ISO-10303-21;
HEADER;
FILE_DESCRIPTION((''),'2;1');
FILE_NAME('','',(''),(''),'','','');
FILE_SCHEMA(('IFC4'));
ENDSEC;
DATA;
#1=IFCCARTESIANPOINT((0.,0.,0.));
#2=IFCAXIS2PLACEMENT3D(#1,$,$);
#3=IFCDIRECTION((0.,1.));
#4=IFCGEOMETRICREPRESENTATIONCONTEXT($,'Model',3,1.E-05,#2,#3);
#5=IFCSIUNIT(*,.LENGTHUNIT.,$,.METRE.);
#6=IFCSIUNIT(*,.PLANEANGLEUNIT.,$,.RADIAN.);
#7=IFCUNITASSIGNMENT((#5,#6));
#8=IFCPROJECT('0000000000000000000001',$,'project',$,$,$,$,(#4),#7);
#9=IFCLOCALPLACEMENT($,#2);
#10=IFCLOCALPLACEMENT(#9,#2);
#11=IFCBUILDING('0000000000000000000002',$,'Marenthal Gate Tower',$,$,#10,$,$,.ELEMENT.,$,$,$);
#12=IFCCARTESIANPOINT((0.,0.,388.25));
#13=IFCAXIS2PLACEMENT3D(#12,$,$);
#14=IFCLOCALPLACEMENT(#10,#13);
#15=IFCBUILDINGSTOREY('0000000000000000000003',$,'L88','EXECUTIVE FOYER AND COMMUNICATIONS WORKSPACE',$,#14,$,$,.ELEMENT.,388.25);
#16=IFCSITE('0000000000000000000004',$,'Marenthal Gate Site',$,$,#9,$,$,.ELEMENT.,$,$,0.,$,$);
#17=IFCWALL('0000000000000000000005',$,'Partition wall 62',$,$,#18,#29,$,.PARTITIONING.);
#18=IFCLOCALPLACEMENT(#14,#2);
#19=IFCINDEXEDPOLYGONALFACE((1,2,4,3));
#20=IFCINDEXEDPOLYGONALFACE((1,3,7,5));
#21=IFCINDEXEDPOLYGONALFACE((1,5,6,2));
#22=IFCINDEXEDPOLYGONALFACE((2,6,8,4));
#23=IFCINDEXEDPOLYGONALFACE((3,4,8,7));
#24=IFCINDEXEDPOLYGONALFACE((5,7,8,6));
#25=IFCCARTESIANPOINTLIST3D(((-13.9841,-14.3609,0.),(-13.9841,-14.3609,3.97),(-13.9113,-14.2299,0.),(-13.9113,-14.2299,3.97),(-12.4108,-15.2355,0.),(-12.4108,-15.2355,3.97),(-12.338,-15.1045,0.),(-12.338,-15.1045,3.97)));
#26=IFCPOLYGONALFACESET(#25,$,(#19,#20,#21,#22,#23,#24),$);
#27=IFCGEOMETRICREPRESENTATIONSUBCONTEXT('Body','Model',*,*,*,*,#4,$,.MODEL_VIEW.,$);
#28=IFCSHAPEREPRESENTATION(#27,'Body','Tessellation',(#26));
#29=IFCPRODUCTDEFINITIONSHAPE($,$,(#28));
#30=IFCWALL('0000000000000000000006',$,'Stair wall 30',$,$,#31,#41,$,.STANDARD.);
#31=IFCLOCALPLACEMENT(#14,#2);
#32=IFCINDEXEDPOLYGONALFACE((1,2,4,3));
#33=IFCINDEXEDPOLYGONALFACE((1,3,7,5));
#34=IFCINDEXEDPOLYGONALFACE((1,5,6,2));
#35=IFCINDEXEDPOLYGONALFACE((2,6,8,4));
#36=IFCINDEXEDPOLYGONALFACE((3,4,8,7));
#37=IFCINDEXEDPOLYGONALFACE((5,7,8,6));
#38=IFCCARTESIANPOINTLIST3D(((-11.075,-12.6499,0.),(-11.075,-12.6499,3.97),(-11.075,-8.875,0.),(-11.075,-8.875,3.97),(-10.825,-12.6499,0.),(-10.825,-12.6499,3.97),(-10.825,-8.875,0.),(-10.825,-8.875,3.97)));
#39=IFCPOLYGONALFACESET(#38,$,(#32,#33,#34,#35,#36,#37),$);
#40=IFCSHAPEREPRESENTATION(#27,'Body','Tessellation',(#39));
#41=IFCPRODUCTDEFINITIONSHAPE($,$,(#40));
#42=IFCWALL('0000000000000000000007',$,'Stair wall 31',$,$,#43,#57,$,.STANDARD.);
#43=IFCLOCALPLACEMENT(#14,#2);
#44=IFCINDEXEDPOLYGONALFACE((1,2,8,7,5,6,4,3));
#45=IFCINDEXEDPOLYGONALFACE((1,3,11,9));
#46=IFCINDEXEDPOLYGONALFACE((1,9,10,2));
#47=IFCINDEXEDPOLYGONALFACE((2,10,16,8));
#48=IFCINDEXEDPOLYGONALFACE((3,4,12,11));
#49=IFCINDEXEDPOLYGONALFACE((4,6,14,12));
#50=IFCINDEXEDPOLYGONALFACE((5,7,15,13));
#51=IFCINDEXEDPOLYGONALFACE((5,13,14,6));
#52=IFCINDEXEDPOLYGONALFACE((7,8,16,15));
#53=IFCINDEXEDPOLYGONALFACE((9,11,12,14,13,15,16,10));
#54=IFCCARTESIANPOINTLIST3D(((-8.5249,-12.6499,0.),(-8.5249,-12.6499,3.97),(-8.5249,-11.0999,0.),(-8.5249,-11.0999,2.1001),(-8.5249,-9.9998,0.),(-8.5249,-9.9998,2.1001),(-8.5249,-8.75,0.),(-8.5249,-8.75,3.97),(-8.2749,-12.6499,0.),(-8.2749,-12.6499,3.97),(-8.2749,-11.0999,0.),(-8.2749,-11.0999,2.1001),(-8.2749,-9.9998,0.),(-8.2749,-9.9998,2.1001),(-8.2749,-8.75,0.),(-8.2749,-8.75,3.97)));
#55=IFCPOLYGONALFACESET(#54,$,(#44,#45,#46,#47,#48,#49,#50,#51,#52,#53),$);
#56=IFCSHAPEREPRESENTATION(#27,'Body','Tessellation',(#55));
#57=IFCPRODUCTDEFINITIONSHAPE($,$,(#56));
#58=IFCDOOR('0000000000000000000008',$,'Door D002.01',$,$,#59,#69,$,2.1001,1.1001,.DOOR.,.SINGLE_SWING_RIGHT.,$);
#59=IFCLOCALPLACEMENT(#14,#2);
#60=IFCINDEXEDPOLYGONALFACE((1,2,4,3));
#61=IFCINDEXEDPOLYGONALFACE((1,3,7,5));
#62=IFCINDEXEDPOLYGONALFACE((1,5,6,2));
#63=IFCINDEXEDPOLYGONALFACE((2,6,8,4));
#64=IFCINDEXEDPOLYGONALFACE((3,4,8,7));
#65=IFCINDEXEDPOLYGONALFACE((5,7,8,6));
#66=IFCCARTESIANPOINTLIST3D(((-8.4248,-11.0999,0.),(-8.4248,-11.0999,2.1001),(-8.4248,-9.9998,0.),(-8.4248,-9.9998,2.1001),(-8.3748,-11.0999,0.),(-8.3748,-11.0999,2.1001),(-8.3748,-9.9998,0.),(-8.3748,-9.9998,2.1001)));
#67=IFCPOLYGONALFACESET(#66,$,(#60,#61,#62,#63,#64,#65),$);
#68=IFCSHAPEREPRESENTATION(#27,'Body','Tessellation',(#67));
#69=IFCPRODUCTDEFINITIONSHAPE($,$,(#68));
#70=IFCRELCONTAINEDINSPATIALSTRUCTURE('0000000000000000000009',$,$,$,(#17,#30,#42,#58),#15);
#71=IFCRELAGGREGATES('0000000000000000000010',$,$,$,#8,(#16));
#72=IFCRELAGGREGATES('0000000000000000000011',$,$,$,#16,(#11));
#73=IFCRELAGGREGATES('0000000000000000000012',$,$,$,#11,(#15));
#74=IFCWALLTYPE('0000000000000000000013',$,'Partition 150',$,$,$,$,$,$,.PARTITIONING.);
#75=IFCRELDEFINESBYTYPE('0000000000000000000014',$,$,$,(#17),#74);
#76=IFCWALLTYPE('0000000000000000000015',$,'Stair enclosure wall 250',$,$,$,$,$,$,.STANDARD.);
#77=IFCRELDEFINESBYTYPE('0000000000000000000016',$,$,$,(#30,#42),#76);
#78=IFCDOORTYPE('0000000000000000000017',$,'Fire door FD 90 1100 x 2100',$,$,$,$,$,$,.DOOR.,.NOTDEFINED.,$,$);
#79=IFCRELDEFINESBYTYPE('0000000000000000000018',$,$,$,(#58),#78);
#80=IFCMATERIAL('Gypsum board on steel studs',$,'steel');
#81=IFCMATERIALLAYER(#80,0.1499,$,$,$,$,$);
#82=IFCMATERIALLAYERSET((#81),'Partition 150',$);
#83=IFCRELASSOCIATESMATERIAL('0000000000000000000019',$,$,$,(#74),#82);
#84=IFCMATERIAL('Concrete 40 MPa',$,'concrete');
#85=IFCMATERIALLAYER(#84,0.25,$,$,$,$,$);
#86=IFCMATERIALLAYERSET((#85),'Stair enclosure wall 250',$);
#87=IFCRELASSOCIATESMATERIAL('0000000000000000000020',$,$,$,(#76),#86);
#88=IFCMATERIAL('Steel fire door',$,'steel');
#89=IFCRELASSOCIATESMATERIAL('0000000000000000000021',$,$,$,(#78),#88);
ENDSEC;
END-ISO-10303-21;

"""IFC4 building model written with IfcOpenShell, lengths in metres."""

from ifc_helpers import new_model, si_unit, direction, frame, frame_2d, origin, place, context, subcontext, project, spatial, rectangle, extrude, material, layer, layer_set, type_object, element, fill, save


model = new_model("IFC4")

# Units and contexts
model_context = context("Model", 3, precision=1e-05, world=origin(), true_north=direction((0.0, 1.0)))
body_context = subcontext(model_context, "Body", "Model", "MODEL_VIEW")
ifc_project = project(units=[si_unit("LENGTHUNIT", "METRE"), si_unit("PLANEANGLEUNIT", "RADIAN")], contexts=[model_context])

# Site, building, storey
site_placement = place(None, origin())
site = spatial("IfcSite", under=ifc_project, at=site_placement, Name="Marenthal Gate Site", CompositionType="ELEMENT", RefElevation=0.0)
building_placement = place(site_placement, origin())
building = spatial("IfcBuilding", under=site, at=building_placement, Name="Marenthal Gate Tower", CompositionType="ELEMENT")
storey_placement = place(building_placement, frame((0.0, 0.0, 388.25)))
storey = spatial("IfcBuildingStorey", under=building, at=storey_placement, Name="L88", Description="EXECUTIVE FOYER AND COMMUNICATIONS WORKSPACE", CompositionType="ELEMENT", Elevation=388.25)

# Walls
ifc_material_1 = material(Name="Gypsum board on steel studs", Category="steel")
ifc_layer_1 = layer(ifc_material_1, 0.1499)
ifc_layer_set_1 = layer_set([ifc_layer_1], Name="Partition 150")
wall_type_1 = type_object("IfcWallType", Name="Partition 150", PredefinedType="PARTITIONING", material=ifc_layer_set_1)
wall_1_placement = place(storey_placement, frame((-12.3745, -15.1699, 0.0), z_axis=(0.0, 0.0, 1.0), x_axis=(-0.874042, 0.48585, 0.0)))
element("IfcWall", 1, at=wall_1_placement, inside=storey, type_object=wall_type_1, Name="Partition wall 62", PredefinedType="PARTITIONING", context=body_context, shape_type="SweptSolid", body=[
    extrude(rectangle(XDim=1.8, YDim=0.1499, at=frame_2d((0.8999, 0.0))), origin(), (0.0, 0.0, 1.0), 3.97),
])
ifc_material_2 = material(Name="Concrete 40 MPa", Category="concrete")
ifc_layer_2 = layer(ifc_material_2, 0.25)
ifc_layer_set_2 = layer_set([ifc_layer_2], Name="Stair enclosure wall 250")
wall_type_2 = type_object("IfcWallType", Name="Stair enclosure wall 250", PredefinedType="STANDARD", material=ifc_layer_set_2)
wall_2_placement = place(storey_placement, frame((-10.95, -12.6499, 0.0), z_axis=(0.0, 0.0, 1.0), x_axis=(0.0, 1.0, 0.0)))
element("IfcWall", 2, at=wall_2_placement, inside=storey, type_object=wall_type_2, Name="Stair wall 30", PredefinedType="STANDARD", context=body_context, shape_type="SweptSolid", body=[
    extrude(rectangle(XDim=3.7749, YDim=0.25, at=frame_2d((1.8875, 0.0))), origin(), (0.0, 0.0, 1.0), 3.97),
])

# Wall, opening, door
wall_3_placement = place(storey_placement, frame((-8.3999, -12.6499, 0.0), z_axis=(0.0, 0.0, 1.0), x_axis=(0.0, 1.0, 0.0)))
wall_3 = element("IfcWall", 3, at=wall_3_placement, inside=storey, type_object=wall_type_2, Name="Stair wall 31", PredefinedType="STANDARD", context=body_context, shape_type="SweptSolid", body=[
    extrude(rectangle(XDim=3.8999, YDim=0.25, at=frame_2d((1.95, 0.0))), origin(), (0.0, 0.0, 1.0), 3.97),
])
opening_1_placement = place(wall_3_placement, frame((1.55, 0.0, 0.0)))
opening_1 = element("IfcOpeningElement", 4, at=opening_1_placement, cuts=wall_3, PredefinedType="OPENING", context=body_context, shape_type="SweptSolid", body=[
    extrude(rectangle(XDim=1.1001, YDim=2.1001, at=frame_2d((0.55, 1.05))), frame((0.0, 0.135, 0.0), z_axis=(0.0, -1.0, 0.0), x_axis=(1.0, 0.0, 0.0)), (0.0, 0.0, 1.0), 0.27),
])
ifc_material_3 = material(Name="Steel fire door", Category="steel")
door_type_1 = type_object("IfcDoorType", Name="Fire door FD 90 1100 x 2100", OperationType="NOTDEFINED", PredefinedType="DOOR", material=ifc_material_3)
door_1_placement = place(opening_1_placement, origin())
door_1 = element("IfcDoor", 5, at=door_1_placement, inside=storey, type_object=door_type_1, Name="Door D002.01", OperationType="SINGLE_SWING_RIGHT", OverallHeight=2.1001, OverallWidth=1.1001, PredefinedType="DOOR", context=body_context, shape_type="SweptSolid", body=[
    extrude(rectangle(XDim=1.1001, YDim=2.1001, at=frame_2d((0.55, 1.05))), frame((0.0, 0.0249, 0.0), z_axis=(0.0, -1.0, 0.0), x_axis=(1.0, 0.0, 0.0)), (0.0, 0.0, 1.0), 0.05),
])
fill(opening_1, door_1)

save(model, "model.ifc")
